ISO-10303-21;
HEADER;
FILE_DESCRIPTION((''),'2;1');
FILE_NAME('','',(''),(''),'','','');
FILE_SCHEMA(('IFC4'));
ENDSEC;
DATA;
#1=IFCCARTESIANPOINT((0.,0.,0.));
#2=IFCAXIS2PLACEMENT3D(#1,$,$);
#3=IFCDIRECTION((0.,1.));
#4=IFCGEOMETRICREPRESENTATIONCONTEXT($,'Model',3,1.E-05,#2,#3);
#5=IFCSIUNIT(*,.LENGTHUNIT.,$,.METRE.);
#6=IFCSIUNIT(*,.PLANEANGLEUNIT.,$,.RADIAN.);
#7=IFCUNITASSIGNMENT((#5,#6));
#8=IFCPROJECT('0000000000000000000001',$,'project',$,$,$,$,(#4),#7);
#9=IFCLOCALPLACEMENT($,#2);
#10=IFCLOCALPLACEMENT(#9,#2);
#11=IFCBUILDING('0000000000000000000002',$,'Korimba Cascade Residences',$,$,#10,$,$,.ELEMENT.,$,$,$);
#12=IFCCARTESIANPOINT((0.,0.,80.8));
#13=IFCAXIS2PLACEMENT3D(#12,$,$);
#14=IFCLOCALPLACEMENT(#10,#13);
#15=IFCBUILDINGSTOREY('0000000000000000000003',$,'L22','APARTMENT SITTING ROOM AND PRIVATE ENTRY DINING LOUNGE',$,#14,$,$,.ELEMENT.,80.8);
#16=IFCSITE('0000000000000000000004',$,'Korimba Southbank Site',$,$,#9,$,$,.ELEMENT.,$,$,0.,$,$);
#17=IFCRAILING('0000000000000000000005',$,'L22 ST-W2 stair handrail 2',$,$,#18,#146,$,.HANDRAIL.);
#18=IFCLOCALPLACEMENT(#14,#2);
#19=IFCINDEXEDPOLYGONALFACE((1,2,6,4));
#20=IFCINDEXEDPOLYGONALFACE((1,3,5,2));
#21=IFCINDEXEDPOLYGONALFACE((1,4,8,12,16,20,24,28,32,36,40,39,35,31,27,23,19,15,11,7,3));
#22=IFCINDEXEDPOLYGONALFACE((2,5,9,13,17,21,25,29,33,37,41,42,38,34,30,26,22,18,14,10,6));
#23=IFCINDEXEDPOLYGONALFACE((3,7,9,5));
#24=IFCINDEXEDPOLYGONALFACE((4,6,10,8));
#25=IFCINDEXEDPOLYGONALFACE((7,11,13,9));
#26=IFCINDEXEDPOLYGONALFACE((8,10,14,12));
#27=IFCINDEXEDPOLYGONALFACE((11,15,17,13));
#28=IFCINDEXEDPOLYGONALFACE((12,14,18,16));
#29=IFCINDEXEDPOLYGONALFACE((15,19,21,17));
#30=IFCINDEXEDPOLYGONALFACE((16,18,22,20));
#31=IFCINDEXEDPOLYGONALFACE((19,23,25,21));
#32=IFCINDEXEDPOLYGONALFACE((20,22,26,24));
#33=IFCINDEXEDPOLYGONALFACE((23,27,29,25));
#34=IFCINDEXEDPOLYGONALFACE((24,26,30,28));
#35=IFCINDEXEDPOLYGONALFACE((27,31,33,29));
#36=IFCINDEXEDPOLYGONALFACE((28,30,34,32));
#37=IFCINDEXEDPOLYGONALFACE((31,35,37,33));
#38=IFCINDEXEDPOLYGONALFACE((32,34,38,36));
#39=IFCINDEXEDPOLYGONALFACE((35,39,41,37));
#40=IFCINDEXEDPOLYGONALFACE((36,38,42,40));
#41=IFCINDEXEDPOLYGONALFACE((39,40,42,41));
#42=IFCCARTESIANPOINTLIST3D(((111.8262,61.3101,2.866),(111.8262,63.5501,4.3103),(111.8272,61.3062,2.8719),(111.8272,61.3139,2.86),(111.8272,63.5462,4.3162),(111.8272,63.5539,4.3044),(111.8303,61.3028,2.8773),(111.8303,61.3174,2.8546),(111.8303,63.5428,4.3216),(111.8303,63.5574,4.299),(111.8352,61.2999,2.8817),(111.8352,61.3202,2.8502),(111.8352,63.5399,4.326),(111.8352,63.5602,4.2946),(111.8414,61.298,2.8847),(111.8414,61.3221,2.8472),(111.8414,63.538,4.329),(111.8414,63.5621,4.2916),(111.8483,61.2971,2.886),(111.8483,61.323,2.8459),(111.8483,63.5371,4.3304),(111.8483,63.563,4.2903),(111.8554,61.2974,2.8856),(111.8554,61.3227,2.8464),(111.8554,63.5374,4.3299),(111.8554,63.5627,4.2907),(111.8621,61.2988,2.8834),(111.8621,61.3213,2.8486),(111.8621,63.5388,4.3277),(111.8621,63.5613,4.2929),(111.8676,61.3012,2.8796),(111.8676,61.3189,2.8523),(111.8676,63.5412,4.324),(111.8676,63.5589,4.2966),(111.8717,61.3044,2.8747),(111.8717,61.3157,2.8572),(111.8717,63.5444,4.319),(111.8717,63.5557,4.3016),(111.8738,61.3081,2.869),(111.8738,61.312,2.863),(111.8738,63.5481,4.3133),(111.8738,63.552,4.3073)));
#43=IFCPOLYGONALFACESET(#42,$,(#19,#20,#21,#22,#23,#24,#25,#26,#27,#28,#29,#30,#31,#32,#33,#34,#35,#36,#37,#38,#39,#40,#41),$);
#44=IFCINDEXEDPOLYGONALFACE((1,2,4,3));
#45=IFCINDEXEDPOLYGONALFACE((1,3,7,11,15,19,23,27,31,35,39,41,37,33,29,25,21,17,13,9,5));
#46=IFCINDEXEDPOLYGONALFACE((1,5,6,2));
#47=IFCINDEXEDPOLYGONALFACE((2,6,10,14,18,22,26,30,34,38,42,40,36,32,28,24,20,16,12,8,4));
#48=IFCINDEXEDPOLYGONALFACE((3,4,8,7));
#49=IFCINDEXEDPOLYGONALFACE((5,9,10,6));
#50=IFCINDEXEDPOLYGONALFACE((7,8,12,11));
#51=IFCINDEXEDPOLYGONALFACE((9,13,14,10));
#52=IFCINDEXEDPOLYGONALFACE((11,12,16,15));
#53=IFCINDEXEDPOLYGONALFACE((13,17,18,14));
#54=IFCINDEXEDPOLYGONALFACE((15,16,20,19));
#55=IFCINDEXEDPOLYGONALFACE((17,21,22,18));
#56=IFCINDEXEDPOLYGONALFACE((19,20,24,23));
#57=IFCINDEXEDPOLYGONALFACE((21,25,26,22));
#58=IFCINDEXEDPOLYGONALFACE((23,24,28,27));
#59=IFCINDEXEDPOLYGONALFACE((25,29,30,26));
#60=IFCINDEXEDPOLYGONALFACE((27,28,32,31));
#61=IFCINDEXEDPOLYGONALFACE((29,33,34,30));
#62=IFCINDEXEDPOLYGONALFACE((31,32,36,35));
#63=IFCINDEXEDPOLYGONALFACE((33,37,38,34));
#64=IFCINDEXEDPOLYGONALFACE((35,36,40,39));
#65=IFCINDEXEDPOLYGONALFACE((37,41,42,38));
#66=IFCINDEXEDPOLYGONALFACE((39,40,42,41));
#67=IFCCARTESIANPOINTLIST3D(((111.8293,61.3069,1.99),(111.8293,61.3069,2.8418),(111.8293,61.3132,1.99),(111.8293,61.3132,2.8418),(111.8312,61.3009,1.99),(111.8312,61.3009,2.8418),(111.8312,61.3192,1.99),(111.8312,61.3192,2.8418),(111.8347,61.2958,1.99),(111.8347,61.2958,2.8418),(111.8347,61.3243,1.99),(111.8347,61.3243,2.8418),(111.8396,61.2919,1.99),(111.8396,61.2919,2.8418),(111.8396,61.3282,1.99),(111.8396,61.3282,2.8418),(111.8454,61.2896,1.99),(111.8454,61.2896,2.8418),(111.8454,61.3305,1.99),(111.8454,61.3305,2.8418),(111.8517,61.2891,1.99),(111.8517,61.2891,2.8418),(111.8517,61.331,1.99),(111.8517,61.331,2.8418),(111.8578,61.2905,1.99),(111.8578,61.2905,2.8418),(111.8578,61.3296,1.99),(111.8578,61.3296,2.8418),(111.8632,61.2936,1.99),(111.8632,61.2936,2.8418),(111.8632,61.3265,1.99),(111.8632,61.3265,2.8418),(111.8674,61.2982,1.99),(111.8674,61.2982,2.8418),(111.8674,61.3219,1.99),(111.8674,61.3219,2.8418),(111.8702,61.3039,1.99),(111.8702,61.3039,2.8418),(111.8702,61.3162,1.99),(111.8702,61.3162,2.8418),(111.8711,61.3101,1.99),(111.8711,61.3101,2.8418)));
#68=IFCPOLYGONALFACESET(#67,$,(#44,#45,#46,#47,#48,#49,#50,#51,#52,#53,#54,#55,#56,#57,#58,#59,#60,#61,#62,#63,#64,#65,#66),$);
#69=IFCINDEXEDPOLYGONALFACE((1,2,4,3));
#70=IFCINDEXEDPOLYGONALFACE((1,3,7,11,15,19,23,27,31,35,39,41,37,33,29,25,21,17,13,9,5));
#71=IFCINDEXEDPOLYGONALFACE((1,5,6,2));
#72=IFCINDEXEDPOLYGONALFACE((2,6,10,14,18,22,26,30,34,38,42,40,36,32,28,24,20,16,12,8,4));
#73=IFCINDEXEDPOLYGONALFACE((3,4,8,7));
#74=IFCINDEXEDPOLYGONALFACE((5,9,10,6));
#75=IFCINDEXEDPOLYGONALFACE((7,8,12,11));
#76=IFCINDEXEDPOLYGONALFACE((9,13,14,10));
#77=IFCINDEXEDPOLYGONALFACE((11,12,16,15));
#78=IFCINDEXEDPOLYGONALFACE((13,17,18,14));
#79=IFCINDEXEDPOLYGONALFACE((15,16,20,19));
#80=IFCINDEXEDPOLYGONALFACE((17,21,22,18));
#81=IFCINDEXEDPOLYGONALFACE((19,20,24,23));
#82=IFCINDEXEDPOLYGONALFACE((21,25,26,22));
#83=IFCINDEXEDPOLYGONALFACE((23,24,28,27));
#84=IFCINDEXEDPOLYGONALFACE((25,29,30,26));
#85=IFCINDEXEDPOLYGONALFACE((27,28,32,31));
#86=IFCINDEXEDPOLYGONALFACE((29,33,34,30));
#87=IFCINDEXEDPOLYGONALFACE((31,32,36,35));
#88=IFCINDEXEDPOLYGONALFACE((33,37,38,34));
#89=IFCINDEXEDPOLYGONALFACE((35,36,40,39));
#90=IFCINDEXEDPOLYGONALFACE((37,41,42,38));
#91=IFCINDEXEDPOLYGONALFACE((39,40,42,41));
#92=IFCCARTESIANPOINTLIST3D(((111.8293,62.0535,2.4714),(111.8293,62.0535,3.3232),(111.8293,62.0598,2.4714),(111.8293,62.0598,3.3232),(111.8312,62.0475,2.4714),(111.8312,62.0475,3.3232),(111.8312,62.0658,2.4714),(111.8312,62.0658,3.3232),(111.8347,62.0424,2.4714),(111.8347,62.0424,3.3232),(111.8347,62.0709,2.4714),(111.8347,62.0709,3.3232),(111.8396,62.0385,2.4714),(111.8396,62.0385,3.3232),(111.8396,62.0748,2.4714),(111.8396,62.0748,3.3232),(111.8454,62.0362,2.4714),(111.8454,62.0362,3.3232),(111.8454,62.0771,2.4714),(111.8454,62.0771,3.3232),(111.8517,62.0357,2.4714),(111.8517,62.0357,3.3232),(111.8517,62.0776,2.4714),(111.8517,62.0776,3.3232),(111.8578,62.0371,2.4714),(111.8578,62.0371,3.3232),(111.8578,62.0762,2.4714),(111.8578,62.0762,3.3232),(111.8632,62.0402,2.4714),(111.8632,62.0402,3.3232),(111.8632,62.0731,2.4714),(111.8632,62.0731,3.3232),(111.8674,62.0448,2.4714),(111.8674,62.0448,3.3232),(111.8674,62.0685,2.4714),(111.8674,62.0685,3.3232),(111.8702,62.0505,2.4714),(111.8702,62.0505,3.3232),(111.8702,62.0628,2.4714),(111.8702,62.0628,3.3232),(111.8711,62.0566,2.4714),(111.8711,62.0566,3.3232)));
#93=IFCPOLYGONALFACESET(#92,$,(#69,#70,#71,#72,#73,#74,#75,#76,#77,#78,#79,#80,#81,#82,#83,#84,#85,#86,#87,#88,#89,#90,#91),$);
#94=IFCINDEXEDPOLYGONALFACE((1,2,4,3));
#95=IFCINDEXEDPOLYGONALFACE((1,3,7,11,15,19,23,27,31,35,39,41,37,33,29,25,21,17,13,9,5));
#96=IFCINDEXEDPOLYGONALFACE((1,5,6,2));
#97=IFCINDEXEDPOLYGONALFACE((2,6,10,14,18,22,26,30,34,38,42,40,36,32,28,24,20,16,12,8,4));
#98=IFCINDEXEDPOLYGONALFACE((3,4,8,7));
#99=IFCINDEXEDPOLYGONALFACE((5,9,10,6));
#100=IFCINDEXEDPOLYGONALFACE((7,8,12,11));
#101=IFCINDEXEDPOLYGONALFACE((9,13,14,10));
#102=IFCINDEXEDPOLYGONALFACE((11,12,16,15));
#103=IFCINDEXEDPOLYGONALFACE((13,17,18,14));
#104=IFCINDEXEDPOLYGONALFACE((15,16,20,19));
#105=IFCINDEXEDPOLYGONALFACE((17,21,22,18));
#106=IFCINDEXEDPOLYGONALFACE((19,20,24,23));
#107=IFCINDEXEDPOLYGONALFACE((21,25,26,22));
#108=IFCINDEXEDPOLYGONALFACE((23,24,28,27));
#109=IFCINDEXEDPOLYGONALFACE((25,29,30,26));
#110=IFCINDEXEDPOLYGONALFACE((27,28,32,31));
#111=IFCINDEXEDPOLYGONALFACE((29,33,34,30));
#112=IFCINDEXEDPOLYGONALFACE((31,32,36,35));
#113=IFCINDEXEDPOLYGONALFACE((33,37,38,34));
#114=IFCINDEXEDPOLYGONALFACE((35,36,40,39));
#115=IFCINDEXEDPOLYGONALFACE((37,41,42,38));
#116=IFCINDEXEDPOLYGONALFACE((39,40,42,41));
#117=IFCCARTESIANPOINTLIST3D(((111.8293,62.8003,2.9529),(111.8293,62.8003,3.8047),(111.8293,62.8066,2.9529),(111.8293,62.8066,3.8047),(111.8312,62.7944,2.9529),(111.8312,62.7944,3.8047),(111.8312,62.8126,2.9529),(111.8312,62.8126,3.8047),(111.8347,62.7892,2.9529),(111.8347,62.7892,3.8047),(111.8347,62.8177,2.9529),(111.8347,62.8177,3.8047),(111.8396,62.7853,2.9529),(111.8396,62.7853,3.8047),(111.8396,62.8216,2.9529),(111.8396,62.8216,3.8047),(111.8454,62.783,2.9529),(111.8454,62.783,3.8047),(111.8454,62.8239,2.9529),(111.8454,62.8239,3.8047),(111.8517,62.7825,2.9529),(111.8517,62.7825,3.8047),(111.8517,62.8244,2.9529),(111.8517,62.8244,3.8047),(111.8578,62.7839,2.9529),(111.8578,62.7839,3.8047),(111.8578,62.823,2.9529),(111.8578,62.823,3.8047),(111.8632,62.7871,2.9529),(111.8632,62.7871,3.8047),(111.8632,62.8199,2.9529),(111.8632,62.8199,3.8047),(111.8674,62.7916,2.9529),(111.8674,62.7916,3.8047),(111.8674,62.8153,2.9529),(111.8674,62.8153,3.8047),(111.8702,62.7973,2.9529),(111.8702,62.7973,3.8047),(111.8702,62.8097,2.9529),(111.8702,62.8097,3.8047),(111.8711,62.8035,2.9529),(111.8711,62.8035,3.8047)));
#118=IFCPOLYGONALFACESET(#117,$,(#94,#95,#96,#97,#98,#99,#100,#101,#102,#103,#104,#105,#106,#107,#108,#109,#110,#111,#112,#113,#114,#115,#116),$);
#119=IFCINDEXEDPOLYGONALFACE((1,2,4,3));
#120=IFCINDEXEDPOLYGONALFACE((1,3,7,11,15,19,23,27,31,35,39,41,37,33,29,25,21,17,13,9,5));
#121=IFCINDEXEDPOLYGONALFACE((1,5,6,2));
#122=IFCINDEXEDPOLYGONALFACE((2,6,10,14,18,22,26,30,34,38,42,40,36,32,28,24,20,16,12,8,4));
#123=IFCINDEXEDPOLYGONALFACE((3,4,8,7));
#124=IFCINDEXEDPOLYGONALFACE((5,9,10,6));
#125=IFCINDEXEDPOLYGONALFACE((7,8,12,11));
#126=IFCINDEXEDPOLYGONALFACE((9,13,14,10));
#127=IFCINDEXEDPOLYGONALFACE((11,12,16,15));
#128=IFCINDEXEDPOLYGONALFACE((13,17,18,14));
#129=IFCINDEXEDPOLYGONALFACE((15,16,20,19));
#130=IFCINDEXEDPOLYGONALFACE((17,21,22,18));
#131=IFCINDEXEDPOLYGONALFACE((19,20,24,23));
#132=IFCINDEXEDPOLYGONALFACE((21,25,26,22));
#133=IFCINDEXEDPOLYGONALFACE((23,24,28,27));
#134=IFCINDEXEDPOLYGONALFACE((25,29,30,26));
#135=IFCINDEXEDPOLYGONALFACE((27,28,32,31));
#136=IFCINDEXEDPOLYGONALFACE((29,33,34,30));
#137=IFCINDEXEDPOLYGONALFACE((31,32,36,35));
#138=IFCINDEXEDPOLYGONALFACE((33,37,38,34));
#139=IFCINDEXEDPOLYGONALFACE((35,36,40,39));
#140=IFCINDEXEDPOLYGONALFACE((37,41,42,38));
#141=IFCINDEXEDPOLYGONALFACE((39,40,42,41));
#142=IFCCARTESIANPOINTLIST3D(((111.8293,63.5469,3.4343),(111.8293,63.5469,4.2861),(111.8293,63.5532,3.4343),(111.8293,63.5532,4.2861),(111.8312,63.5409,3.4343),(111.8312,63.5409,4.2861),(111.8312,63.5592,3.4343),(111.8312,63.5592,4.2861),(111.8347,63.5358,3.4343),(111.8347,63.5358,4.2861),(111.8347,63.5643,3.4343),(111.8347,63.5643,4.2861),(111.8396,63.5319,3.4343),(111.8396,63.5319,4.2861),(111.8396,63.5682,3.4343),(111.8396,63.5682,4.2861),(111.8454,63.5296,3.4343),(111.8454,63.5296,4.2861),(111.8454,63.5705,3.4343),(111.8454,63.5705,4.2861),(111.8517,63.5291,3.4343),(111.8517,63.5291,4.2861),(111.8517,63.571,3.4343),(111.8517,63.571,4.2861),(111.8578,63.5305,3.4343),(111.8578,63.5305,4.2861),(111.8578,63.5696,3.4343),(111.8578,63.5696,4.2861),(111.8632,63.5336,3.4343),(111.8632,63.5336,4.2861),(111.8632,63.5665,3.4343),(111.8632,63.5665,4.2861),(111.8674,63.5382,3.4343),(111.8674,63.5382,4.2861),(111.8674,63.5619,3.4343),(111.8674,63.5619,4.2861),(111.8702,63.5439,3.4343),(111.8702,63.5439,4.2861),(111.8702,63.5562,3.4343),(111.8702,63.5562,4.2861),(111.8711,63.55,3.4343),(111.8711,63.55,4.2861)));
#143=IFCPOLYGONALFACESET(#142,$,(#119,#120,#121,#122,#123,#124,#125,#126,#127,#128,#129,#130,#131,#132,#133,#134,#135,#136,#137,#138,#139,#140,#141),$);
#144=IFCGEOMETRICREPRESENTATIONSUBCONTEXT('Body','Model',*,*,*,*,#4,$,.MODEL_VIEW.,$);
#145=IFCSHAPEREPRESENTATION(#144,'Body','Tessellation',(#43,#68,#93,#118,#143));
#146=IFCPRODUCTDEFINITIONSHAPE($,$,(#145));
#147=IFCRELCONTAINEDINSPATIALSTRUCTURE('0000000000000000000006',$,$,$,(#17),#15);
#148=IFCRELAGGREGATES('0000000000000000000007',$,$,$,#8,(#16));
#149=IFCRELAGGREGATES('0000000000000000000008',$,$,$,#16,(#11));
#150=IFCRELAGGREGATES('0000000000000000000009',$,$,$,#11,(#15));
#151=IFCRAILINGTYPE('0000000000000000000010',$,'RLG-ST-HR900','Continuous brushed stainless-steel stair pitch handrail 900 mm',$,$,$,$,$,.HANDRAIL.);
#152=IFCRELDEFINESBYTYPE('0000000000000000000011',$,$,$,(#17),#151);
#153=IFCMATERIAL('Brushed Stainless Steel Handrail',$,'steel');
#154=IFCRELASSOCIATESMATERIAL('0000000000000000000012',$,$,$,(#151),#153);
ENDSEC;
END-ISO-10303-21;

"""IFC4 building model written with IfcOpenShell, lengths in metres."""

from ifc_helpers import new_model, si_unit, direction, frame, origin, origin_2d, place, context, subcontext, project, spatial, circle, extrude, material, type_object, element, save


model = new_model("IFC4")

# Units and contexts
model_context = context("Model", 3, precision=1e-05, world=origin(), true_north=direction((0.0, 1.0)))
body_context = subcontext(model_context, "Body", "Model", "MODEL_VIEW")
ifc_project = project(units=[si_unit("LENGTHUNIT", "METRE"), si_unit("PLANEANGLEUNIT", "RADIAN")], contexts=[model_context])

# Site, building, storey
site_placement = place(None, origin())
site = spatial("IfcSite", under=ifc_project, at=site_placement, Name="Korimba Southbank Site", CompositionType="ELEMENT", RefElevation=0.0)
building_placement = place(site_placement, origin())
building = spatial("IfcBuilding", under=site, at=building_placement, Name="Korimba Cascade Residences", CompositionType="ELEMENT")
storey_placement = place(building_placement, frame((0.0, 0.0, 80.8)))
storey = spatial("IfcBuildingStorey", under=building, at=storey_placement, Name="L22", Description="APARTMENT SITTING ROOM AND PRIVATE ENTRY DINING LOUNGE", CompositionType="ELEMENT", Elevation=80.8)

# Railing
ifc_material_1 = material(Name="Brushed Stainless Steel Handrail", Category="steel")
railing_type_1 = type_object("IfcRailingType", Name="RLG-ST-HR900", Description="Continuous brushed stainless-steel stair pitch handrail 900 mm", PredefinedType="HANDRAIL", material=ifc_material_1)
railing_1_placement = place(storey_placement, frame((111.8501, 61.3101, 1.99)))
element("IfcRailing", 1, at=railing_1_placement, inside=storey, type_object=railing_type_1, Name="L22 ST-W2 stair handrail 2", PredefinedType="HANDRAIL", context=body_context, shape_type="SweptSolid", body=[
    extrude(circle(Radius=0.0239, at=origin_2d()), frame((0.0, 0.0, 0.876), z_axis=(0.0, 0.840437, 0.54191), x_axis=(-1.0, 0.0, 0.0)), (0.0, 0.0, 1.0), 2.6653),
    extrude(circle(Radius=0.021, at=origin_2d()), origin(), (0.0, 0.0, 1.0), 0.8518),
    extrude(circle(Radius=0.021, at=origin_2d()), frame((0.0, 0.7466, 0.4814)), (0.0, 0.0, 1.0), 0.8518),
    extrude(circle(Radius=0.021, at=origin_2d()), frame((0.0, 1.4934, 0.9629)), (0.0, 0.0, 1.0), 0.8518),
    extrude(circle(Radius=0.021, at=origin_2d()), frame((0.0, 2.24, 1.4443)), (0.0, 0.0, 1.0), 0.8518),
])

save(model, "model.ifc")
